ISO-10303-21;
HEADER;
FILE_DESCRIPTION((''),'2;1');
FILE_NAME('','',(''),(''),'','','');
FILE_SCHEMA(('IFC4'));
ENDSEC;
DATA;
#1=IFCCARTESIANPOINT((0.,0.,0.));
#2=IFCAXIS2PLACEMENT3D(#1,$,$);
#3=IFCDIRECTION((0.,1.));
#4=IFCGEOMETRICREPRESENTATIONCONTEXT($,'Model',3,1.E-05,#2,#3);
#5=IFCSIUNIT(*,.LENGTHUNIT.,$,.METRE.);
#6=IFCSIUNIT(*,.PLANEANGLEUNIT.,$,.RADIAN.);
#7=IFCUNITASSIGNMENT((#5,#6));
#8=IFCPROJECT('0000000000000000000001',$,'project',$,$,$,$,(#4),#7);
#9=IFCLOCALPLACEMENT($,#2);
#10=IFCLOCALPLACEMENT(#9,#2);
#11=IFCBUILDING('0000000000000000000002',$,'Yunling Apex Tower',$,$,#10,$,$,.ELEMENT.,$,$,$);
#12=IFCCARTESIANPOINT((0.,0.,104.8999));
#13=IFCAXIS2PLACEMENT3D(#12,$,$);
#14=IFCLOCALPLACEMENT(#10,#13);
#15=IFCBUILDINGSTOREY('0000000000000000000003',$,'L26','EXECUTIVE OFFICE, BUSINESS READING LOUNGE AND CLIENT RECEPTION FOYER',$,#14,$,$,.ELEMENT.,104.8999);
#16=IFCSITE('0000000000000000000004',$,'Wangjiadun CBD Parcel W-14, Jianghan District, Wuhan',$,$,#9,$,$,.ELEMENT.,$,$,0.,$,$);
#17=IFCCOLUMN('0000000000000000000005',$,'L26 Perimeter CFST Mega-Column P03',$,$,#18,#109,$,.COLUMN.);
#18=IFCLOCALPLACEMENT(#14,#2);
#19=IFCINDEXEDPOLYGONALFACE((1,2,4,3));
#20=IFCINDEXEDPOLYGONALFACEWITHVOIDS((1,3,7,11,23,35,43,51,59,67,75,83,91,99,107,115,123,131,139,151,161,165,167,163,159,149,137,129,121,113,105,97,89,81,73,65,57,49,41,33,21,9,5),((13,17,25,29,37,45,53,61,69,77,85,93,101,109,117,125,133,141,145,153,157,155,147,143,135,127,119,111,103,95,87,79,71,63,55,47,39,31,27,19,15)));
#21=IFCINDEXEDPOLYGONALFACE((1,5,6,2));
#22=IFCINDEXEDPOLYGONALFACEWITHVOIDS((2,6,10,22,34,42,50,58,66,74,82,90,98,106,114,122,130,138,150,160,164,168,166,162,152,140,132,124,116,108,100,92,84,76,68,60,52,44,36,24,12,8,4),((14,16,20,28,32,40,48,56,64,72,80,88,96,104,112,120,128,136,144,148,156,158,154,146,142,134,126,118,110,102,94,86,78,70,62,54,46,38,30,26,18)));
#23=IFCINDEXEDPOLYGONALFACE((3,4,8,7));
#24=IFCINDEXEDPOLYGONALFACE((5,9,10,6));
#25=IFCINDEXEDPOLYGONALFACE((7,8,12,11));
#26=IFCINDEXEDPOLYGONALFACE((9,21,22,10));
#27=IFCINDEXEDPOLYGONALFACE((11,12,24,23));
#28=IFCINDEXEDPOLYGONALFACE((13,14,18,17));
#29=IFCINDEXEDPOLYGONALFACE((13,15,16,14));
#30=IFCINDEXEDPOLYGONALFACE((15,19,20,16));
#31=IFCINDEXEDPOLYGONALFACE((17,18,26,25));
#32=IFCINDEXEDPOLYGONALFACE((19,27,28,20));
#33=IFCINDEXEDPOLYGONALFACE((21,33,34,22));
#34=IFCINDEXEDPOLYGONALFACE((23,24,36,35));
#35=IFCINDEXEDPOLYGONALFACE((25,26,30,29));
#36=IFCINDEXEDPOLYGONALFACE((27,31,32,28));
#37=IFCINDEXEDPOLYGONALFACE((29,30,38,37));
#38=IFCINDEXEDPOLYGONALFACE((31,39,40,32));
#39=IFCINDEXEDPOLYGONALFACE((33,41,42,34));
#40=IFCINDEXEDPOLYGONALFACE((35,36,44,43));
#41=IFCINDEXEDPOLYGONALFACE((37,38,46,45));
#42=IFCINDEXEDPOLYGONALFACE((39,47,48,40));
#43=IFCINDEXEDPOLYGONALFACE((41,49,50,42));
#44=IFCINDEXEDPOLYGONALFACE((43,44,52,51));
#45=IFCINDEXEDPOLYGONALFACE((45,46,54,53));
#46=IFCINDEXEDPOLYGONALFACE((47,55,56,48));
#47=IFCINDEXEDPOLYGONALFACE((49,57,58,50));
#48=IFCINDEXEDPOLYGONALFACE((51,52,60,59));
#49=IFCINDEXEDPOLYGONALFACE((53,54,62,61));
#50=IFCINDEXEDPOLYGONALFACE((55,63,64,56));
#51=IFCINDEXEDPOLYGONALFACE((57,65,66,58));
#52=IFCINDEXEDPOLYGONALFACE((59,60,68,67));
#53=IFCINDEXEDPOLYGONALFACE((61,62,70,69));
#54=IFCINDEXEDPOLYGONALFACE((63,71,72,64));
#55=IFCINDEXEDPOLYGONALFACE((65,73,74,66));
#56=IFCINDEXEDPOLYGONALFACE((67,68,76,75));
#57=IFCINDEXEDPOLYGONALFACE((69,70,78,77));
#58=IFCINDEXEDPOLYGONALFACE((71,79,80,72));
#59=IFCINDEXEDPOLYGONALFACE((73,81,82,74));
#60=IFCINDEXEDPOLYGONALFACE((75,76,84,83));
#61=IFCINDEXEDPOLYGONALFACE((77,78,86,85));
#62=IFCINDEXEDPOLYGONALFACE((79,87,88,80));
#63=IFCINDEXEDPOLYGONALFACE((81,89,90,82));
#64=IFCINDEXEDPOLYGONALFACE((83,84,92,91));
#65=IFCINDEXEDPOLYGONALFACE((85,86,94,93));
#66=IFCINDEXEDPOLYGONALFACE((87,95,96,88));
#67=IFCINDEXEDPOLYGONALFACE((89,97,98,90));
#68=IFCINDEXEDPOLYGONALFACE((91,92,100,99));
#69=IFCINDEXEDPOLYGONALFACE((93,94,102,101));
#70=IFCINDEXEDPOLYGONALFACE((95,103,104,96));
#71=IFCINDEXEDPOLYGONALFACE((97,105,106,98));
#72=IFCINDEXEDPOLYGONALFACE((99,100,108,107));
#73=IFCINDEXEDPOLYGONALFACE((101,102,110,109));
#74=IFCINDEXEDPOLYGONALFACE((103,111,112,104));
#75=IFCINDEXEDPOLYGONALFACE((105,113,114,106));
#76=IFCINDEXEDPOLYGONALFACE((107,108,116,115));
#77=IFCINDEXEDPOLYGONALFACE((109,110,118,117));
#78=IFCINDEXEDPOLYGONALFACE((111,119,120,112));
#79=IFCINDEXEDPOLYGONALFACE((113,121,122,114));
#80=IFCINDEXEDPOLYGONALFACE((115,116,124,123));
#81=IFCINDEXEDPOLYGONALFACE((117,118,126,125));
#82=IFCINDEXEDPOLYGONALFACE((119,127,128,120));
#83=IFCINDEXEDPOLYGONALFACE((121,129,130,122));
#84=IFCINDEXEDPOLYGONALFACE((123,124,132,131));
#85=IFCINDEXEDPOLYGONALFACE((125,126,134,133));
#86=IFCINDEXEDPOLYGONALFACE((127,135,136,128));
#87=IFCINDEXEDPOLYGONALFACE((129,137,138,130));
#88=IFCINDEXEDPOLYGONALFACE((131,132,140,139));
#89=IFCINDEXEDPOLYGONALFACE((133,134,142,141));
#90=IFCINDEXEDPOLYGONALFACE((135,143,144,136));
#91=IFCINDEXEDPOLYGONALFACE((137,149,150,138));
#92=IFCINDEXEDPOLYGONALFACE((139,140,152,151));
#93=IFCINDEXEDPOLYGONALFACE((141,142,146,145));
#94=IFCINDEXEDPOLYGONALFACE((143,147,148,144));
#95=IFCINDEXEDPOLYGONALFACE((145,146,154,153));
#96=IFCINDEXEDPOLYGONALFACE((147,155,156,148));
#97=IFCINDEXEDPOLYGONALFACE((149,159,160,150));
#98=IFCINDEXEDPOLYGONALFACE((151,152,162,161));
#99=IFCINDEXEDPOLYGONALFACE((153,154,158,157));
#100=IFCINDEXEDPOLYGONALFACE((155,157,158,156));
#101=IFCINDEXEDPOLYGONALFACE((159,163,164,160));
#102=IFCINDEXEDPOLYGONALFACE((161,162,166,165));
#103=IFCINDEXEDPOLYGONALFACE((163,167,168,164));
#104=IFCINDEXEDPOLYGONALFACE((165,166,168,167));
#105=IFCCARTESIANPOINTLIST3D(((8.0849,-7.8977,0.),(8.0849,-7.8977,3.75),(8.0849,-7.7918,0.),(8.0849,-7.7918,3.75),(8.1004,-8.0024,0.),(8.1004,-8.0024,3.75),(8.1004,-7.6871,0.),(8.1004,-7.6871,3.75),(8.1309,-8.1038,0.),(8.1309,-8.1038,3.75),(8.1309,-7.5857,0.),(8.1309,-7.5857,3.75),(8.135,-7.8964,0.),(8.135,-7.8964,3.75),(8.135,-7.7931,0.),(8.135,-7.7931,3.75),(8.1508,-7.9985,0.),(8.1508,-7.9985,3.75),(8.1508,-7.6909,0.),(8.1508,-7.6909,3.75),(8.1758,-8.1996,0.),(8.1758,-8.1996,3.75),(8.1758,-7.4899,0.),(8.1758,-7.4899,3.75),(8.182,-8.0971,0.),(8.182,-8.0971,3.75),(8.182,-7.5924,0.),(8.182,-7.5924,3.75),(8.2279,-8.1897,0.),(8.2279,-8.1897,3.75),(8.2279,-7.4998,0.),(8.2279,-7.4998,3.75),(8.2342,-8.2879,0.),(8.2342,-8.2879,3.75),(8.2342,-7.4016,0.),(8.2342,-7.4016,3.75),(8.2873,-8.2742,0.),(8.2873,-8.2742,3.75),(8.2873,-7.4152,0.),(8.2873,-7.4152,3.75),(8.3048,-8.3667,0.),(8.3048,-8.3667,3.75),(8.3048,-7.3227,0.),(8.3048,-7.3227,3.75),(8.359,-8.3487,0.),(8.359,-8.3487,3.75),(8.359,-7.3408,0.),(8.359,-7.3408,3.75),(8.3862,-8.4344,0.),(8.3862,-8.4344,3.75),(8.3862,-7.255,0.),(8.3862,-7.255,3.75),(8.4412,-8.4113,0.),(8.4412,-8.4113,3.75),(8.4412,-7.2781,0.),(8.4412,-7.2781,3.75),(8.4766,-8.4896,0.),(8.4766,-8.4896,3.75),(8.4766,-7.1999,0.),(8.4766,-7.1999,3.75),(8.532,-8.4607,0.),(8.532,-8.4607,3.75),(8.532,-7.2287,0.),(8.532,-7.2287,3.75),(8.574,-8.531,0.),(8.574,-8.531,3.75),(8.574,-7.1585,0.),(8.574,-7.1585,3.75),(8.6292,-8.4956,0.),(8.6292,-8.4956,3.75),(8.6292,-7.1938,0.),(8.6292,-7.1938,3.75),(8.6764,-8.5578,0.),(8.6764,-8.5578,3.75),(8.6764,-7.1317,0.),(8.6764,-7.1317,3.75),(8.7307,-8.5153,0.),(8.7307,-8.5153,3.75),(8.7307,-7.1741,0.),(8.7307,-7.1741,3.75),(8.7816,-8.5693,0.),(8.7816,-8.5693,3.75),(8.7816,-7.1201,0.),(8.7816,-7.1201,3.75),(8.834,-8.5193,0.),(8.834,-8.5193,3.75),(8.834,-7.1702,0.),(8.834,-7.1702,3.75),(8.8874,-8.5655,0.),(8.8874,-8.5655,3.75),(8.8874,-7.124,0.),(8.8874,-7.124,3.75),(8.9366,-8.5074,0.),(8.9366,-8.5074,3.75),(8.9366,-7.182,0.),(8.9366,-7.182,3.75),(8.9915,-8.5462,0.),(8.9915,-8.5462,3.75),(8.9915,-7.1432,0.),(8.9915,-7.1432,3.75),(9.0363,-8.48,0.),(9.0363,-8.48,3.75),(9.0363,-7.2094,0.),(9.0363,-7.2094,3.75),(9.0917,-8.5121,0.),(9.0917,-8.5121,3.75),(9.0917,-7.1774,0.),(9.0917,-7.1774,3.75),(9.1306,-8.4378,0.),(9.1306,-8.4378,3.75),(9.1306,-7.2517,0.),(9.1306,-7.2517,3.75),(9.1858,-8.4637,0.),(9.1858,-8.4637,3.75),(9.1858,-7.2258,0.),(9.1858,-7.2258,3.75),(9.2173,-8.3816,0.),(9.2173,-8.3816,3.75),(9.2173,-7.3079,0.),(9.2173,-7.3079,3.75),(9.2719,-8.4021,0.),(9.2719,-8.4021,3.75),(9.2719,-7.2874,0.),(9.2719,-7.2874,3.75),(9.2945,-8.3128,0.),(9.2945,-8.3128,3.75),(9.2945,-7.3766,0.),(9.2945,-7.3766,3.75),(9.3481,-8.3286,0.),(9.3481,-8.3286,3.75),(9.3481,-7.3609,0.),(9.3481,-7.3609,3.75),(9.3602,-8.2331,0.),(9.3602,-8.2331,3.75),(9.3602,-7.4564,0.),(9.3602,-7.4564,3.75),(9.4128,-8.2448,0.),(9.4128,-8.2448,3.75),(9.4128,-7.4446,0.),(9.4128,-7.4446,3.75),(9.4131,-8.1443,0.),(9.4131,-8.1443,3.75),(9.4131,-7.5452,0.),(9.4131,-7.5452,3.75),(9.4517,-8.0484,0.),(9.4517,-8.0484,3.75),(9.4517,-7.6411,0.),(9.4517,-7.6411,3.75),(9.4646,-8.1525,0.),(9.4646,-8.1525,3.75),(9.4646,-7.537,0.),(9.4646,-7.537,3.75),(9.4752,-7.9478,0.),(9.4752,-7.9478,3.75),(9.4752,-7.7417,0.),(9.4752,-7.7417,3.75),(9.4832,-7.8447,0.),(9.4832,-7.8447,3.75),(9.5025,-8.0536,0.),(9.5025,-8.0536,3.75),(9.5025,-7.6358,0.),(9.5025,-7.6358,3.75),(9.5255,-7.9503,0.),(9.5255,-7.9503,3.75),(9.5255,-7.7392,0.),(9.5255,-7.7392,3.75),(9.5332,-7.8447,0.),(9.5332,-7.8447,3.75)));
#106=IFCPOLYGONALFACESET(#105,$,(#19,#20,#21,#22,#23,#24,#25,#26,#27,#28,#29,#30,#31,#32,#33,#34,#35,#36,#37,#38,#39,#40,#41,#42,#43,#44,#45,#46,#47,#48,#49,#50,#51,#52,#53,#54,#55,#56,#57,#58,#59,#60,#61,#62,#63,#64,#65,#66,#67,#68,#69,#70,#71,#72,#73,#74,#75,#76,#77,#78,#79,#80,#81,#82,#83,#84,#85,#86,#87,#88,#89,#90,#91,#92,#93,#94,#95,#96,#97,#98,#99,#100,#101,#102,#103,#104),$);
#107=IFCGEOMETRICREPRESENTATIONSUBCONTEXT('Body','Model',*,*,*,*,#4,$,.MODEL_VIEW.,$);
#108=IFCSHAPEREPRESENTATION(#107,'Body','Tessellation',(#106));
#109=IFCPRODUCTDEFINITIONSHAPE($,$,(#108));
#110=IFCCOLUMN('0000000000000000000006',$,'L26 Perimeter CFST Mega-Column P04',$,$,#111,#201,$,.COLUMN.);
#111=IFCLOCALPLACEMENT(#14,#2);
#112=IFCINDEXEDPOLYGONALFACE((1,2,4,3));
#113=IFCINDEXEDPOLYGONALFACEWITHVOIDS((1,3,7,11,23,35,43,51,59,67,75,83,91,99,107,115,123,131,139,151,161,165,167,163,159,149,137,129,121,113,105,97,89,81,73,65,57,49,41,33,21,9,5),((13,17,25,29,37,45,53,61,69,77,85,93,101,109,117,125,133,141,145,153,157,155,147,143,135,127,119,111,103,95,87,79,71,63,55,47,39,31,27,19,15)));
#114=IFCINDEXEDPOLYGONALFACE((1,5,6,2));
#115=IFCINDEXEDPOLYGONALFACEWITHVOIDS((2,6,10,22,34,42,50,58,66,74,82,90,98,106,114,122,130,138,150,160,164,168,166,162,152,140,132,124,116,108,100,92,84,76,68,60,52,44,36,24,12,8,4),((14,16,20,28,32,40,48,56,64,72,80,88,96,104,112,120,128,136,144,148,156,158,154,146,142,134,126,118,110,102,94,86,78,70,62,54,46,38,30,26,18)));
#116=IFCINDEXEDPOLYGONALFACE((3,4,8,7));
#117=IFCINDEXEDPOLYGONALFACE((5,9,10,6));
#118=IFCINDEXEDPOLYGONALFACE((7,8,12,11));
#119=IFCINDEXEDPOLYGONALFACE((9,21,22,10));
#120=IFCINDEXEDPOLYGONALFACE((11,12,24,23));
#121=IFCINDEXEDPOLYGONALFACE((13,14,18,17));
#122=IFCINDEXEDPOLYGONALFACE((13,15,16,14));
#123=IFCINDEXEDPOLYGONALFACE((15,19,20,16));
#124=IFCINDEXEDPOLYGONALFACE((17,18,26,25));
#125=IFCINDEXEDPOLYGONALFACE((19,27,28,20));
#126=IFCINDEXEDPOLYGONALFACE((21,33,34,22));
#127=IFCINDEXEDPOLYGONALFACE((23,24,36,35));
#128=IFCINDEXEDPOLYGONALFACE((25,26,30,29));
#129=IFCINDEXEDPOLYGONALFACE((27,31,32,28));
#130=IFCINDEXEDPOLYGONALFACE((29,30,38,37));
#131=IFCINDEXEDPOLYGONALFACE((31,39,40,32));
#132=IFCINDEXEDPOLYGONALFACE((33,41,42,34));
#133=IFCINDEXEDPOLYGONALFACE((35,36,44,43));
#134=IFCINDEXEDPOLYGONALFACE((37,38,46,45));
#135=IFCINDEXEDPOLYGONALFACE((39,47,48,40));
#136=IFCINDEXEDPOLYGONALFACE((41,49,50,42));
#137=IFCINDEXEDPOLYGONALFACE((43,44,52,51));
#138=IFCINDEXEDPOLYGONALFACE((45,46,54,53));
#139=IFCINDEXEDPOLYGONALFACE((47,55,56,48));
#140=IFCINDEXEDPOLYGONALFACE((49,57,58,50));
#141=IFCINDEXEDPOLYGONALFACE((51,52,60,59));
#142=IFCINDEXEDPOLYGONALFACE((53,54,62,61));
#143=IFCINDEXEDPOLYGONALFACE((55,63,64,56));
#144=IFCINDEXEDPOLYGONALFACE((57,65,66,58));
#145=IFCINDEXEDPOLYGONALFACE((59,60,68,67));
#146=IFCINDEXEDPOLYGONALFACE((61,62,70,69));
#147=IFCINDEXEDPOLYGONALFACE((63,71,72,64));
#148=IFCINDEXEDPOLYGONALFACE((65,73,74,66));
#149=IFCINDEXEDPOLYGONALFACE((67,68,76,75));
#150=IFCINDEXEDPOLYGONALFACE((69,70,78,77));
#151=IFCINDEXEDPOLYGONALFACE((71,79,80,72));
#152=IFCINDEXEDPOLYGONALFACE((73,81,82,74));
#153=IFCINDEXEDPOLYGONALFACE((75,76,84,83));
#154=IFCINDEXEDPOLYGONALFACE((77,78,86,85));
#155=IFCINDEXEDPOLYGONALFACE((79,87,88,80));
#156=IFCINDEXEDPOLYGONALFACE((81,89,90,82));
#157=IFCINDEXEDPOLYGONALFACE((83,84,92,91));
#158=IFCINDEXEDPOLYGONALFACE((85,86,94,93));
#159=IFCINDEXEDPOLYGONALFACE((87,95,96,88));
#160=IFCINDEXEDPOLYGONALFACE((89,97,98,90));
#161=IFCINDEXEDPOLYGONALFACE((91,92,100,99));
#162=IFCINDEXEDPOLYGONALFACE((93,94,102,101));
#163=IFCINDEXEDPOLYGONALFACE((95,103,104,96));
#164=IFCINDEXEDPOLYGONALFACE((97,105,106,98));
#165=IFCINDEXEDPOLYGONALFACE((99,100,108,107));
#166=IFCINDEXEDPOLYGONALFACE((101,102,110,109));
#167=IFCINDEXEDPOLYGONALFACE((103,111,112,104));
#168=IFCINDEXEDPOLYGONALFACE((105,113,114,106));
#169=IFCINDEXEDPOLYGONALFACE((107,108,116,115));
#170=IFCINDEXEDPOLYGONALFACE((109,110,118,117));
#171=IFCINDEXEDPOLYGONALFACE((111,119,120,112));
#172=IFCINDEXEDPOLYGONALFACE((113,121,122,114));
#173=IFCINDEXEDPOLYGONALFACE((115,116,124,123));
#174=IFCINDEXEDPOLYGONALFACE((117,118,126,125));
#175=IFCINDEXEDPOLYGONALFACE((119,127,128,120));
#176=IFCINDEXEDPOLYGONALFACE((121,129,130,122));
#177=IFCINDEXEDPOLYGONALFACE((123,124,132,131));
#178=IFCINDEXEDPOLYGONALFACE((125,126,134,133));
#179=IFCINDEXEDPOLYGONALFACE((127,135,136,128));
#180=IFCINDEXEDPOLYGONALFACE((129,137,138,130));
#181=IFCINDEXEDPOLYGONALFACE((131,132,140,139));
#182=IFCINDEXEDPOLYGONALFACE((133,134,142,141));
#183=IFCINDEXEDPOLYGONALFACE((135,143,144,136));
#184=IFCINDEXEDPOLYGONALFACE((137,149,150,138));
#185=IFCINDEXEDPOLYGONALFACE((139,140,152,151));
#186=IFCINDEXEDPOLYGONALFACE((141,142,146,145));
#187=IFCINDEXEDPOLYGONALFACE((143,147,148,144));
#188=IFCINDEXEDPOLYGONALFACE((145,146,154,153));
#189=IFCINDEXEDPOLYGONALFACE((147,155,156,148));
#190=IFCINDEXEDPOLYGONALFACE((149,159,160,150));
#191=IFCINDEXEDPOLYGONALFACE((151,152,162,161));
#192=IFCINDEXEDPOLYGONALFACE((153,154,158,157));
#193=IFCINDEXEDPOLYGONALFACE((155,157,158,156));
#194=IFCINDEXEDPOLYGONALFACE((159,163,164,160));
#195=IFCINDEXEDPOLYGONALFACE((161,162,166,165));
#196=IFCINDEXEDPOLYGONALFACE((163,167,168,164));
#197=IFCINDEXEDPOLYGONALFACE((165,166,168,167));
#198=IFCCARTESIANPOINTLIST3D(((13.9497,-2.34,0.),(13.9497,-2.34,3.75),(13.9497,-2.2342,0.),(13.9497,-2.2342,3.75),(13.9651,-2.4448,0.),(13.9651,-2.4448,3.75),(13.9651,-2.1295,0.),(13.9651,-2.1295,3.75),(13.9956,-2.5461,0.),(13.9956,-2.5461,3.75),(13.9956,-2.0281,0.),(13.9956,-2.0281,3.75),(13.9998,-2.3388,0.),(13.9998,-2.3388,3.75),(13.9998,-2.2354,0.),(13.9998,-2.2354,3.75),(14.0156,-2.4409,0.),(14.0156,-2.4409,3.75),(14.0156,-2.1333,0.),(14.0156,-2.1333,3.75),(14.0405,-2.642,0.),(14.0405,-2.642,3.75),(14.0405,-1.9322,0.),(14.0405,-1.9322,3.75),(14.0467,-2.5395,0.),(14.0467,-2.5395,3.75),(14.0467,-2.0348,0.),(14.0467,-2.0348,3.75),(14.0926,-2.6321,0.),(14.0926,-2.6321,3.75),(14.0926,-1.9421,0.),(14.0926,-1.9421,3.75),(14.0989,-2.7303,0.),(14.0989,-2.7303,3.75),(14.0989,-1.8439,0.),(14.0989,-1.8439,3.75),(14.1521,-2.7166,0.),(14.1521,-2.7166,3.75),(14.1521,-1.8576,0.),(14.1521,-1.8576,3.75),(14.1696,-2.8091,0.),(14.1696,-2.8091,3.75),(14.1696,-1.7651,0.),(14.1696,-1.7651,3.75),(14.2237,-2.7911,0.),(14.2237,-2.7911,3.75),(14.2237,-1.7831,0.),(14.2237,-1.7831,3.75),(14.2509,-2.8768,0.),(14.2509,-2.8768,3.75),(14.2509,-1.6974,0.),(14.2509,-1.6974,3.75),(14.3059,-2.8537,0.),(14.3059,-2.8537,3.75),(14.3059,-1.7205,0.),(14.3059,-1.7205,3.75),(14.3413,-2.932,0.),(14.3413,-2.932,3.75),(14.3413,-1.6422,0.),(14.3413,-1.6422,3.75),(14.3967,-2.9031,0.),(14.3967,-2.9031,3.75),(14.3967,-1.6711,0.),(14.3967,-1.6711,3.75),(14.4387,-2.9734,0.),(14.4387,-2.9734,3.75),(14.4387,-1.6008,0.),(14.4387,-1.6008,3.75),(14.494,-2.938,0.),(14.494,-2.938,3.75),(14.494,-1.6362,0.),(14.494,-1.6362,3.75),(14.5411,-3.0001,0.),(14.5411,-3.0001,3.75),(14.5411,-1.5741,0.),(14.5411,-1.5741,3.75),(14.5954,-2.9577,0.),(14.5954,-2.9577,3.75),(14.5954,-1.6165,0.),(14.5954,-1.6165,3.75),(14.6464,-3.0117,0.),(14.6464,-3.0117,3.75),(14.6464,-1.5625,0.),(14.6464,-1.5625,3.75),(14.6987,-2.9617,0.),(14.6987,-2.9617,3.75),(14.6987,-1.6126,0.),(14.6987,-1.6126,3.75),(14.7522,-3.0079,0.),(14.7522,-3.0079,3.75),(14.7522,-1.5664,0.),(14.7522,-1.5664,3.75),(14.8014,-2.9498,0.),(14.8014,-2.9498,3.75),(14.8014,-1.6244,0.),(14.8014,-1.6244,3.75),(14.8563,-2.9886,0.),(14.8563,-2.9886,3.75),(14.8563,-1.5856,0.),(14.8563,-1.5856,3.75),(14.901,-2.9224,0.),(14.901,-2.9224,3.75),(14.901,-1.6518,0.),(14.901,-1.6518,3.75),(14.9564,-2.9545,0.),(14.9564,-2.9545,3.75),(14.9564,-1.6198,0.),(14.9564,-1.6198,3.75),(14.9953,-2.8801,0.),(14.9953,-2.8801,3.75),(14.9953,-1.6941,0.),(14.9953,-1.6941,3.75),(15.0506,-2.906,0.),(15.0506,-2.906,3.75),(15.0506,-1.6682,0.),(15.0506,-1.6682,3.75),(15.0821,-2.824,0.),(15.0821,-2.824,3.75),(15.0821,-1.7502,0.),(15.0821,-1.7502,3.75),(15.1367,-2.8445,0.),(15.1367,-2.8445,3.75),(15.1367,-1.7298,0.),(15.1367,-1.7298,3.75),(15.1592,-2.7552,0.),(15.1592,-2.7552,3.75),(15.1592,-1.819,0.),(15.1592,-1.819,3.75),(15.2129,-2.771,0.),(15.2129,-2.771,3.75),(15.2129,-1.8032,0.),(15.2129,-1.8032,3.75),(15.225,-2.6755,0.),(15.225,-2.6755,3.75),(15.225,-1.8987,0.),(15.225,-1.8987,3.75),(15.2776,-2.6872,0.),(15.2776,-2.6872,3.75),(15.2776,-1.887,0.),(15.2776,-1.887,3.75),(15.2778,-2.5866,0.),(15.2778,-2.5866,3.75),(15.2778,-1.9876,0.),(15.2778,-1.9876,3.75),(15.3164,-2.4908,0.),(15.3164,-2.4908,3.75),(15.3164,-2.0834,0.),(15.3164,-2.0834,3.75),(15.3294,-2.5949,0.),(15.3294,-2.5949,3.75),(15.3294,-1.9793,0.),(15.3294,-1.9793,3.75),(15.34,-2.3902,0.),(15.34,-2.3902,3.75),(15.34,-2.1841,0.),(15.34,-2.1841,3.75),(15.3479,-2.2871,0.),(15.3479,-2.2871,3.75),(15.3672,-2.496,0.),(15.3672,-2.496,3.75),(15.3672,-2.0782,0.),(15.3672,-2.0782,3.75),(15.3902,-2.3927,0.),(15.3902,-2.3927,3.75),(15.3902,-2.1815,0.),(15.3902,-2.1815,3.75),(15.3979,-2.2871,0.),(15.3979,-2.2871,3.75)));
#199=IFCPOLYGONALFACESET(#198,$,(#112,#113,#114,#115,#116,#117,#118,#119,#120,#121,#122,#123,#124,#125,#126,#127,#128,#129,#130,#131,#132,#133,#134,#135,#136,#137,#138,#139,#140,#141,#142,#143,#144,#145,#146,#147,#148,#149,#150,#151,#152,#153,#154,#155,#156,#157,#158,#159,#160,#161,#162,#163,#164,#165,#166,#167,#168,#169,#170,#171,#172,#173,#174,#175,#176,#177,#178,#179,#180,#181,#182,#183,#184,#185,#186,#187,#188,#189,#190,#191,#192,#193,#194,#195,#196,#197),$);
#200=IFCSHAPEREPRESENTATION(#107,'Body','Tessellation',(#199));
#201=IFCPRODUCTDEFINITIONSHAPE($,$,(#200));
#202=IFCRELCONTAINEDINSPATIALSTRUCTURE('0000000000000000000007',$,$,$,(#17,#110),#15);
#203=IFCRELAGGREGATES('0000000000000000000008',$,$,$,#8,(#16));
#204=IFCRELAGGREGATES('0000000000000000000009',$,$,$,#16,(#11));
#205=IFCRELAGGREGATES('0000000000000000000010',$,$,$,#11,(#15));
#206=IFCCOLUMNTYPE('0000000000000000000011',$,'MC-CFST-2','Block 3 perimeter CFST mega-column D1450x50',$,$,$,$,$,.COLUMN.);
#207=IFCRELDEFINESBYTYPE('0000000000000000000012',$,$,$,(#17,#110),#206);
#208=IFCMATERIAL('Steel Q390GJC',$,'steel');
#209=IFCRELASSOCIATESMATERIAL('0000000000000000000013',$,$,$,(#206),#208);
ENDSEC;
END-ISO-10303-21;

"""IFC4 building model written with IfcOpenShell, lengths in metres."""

from ifc_helpers import new_model, si_unit, direction, frame, origin, origin_2d, place, context, subcontext, project, spatial, hollow_circle, extrude, source, transform, mapped, material, material_profile, profile_set, type_object, element, save


model = new_model("IFC4")

# Units and contexts
model_context = context("Model", 3, precision=1e-05, world=origin(), true_north=direction((0.0, 1.0)))
body_context = subcontext(model_context, "Body", "Model", "MODEL_VIEW")
ifc_project = project(units=[si_unit("LENGTHUNIT", "METRE"), si_unit("PLANEANGLEUNIT", "RADIAN")], contexts=[model_context])

# Site, building, storey
site_placement = place(None, origin())
site = spatial("IfcSite", under=ifc_project, at=site_placement, Name="Wangjiadun CBD Parcel W-14, Jianghan District, Wuhan", CompositionType="ELEMENT", RefElevation=0.0)
building_placement = place(site_placement, origin())
building = spatial("IfcBuilding", under=site, at=building_placement, Name="Yunling Apex Tower", CompositionType="ELEMENT")
storey_placement = place(building_placement, frame((0.0, 0.0, 104.8999)))
storey = spatial("IfcBuildingStorey", under=building, at=storey_placement, Name="L26", Description="EXECUTIVE OFFICE, BUSINESS READING LOUNGE AND CLIENT RECEPTION FOYER", CompositionType="ELEMENT", Elevation=104.8999)

# Columns
ifc_material_1 = material(Name="Steel Q390GJC", Category="steel")
ifc_material_profile_1 = material_profile(ifc_material_1, hollow_circle(Radius=0.7251, WallThickness=0.05, at=origin_2d()))
ifc_profile_set_1 = profile_set([ifc_material_profile_1], Name="Steel Q390GJC")
column_type = type_object("IfcColumnType", Name="MC-CFST-2", Description="Block 3 perimeter CFST mega-column D1450x50", PredefinedType="COLUMN", material=ifc_profile_set_1)
shared_shape_1 = source(origin(), body_context, "Body", "SweptSolid", [
    extrude(hollow_circle(Radius=0.7251, WallThickness=0.05, at=origin_2d()), origin(), (0.0, 0.0, 1.0), 3.75),
])
for number, where, z_axis, x_axis, name in (
    (1, (8.8081, -7.8447, 0.0), (0.0, 0.0, 1.0), (1.0, 0.0, 0.0), "L26 Perimeter CFST Mega-Column P03"),
    (2, (14.6729, -2.2871, 0.0), (0.0, 0.0, 1.0), (1.0, 0.0, 0.0), "L26 Perimeter CFST Mega-Column P04"),
):
    element("IfcColumn", number, at=place(storey_placement, frame(where, z_axis=z_axis, x_axis=x_axis)), inside=storey, type_object=column_type, Name=name, PredefinedType="COLUMN", context=body_context, shape_type="MappedRepresentation", body=[
        mapped(shared_shape_1, transform((0.0, 0.0, 0.0), scale=1.0)),
    ])

save(model, "model.ifc")
